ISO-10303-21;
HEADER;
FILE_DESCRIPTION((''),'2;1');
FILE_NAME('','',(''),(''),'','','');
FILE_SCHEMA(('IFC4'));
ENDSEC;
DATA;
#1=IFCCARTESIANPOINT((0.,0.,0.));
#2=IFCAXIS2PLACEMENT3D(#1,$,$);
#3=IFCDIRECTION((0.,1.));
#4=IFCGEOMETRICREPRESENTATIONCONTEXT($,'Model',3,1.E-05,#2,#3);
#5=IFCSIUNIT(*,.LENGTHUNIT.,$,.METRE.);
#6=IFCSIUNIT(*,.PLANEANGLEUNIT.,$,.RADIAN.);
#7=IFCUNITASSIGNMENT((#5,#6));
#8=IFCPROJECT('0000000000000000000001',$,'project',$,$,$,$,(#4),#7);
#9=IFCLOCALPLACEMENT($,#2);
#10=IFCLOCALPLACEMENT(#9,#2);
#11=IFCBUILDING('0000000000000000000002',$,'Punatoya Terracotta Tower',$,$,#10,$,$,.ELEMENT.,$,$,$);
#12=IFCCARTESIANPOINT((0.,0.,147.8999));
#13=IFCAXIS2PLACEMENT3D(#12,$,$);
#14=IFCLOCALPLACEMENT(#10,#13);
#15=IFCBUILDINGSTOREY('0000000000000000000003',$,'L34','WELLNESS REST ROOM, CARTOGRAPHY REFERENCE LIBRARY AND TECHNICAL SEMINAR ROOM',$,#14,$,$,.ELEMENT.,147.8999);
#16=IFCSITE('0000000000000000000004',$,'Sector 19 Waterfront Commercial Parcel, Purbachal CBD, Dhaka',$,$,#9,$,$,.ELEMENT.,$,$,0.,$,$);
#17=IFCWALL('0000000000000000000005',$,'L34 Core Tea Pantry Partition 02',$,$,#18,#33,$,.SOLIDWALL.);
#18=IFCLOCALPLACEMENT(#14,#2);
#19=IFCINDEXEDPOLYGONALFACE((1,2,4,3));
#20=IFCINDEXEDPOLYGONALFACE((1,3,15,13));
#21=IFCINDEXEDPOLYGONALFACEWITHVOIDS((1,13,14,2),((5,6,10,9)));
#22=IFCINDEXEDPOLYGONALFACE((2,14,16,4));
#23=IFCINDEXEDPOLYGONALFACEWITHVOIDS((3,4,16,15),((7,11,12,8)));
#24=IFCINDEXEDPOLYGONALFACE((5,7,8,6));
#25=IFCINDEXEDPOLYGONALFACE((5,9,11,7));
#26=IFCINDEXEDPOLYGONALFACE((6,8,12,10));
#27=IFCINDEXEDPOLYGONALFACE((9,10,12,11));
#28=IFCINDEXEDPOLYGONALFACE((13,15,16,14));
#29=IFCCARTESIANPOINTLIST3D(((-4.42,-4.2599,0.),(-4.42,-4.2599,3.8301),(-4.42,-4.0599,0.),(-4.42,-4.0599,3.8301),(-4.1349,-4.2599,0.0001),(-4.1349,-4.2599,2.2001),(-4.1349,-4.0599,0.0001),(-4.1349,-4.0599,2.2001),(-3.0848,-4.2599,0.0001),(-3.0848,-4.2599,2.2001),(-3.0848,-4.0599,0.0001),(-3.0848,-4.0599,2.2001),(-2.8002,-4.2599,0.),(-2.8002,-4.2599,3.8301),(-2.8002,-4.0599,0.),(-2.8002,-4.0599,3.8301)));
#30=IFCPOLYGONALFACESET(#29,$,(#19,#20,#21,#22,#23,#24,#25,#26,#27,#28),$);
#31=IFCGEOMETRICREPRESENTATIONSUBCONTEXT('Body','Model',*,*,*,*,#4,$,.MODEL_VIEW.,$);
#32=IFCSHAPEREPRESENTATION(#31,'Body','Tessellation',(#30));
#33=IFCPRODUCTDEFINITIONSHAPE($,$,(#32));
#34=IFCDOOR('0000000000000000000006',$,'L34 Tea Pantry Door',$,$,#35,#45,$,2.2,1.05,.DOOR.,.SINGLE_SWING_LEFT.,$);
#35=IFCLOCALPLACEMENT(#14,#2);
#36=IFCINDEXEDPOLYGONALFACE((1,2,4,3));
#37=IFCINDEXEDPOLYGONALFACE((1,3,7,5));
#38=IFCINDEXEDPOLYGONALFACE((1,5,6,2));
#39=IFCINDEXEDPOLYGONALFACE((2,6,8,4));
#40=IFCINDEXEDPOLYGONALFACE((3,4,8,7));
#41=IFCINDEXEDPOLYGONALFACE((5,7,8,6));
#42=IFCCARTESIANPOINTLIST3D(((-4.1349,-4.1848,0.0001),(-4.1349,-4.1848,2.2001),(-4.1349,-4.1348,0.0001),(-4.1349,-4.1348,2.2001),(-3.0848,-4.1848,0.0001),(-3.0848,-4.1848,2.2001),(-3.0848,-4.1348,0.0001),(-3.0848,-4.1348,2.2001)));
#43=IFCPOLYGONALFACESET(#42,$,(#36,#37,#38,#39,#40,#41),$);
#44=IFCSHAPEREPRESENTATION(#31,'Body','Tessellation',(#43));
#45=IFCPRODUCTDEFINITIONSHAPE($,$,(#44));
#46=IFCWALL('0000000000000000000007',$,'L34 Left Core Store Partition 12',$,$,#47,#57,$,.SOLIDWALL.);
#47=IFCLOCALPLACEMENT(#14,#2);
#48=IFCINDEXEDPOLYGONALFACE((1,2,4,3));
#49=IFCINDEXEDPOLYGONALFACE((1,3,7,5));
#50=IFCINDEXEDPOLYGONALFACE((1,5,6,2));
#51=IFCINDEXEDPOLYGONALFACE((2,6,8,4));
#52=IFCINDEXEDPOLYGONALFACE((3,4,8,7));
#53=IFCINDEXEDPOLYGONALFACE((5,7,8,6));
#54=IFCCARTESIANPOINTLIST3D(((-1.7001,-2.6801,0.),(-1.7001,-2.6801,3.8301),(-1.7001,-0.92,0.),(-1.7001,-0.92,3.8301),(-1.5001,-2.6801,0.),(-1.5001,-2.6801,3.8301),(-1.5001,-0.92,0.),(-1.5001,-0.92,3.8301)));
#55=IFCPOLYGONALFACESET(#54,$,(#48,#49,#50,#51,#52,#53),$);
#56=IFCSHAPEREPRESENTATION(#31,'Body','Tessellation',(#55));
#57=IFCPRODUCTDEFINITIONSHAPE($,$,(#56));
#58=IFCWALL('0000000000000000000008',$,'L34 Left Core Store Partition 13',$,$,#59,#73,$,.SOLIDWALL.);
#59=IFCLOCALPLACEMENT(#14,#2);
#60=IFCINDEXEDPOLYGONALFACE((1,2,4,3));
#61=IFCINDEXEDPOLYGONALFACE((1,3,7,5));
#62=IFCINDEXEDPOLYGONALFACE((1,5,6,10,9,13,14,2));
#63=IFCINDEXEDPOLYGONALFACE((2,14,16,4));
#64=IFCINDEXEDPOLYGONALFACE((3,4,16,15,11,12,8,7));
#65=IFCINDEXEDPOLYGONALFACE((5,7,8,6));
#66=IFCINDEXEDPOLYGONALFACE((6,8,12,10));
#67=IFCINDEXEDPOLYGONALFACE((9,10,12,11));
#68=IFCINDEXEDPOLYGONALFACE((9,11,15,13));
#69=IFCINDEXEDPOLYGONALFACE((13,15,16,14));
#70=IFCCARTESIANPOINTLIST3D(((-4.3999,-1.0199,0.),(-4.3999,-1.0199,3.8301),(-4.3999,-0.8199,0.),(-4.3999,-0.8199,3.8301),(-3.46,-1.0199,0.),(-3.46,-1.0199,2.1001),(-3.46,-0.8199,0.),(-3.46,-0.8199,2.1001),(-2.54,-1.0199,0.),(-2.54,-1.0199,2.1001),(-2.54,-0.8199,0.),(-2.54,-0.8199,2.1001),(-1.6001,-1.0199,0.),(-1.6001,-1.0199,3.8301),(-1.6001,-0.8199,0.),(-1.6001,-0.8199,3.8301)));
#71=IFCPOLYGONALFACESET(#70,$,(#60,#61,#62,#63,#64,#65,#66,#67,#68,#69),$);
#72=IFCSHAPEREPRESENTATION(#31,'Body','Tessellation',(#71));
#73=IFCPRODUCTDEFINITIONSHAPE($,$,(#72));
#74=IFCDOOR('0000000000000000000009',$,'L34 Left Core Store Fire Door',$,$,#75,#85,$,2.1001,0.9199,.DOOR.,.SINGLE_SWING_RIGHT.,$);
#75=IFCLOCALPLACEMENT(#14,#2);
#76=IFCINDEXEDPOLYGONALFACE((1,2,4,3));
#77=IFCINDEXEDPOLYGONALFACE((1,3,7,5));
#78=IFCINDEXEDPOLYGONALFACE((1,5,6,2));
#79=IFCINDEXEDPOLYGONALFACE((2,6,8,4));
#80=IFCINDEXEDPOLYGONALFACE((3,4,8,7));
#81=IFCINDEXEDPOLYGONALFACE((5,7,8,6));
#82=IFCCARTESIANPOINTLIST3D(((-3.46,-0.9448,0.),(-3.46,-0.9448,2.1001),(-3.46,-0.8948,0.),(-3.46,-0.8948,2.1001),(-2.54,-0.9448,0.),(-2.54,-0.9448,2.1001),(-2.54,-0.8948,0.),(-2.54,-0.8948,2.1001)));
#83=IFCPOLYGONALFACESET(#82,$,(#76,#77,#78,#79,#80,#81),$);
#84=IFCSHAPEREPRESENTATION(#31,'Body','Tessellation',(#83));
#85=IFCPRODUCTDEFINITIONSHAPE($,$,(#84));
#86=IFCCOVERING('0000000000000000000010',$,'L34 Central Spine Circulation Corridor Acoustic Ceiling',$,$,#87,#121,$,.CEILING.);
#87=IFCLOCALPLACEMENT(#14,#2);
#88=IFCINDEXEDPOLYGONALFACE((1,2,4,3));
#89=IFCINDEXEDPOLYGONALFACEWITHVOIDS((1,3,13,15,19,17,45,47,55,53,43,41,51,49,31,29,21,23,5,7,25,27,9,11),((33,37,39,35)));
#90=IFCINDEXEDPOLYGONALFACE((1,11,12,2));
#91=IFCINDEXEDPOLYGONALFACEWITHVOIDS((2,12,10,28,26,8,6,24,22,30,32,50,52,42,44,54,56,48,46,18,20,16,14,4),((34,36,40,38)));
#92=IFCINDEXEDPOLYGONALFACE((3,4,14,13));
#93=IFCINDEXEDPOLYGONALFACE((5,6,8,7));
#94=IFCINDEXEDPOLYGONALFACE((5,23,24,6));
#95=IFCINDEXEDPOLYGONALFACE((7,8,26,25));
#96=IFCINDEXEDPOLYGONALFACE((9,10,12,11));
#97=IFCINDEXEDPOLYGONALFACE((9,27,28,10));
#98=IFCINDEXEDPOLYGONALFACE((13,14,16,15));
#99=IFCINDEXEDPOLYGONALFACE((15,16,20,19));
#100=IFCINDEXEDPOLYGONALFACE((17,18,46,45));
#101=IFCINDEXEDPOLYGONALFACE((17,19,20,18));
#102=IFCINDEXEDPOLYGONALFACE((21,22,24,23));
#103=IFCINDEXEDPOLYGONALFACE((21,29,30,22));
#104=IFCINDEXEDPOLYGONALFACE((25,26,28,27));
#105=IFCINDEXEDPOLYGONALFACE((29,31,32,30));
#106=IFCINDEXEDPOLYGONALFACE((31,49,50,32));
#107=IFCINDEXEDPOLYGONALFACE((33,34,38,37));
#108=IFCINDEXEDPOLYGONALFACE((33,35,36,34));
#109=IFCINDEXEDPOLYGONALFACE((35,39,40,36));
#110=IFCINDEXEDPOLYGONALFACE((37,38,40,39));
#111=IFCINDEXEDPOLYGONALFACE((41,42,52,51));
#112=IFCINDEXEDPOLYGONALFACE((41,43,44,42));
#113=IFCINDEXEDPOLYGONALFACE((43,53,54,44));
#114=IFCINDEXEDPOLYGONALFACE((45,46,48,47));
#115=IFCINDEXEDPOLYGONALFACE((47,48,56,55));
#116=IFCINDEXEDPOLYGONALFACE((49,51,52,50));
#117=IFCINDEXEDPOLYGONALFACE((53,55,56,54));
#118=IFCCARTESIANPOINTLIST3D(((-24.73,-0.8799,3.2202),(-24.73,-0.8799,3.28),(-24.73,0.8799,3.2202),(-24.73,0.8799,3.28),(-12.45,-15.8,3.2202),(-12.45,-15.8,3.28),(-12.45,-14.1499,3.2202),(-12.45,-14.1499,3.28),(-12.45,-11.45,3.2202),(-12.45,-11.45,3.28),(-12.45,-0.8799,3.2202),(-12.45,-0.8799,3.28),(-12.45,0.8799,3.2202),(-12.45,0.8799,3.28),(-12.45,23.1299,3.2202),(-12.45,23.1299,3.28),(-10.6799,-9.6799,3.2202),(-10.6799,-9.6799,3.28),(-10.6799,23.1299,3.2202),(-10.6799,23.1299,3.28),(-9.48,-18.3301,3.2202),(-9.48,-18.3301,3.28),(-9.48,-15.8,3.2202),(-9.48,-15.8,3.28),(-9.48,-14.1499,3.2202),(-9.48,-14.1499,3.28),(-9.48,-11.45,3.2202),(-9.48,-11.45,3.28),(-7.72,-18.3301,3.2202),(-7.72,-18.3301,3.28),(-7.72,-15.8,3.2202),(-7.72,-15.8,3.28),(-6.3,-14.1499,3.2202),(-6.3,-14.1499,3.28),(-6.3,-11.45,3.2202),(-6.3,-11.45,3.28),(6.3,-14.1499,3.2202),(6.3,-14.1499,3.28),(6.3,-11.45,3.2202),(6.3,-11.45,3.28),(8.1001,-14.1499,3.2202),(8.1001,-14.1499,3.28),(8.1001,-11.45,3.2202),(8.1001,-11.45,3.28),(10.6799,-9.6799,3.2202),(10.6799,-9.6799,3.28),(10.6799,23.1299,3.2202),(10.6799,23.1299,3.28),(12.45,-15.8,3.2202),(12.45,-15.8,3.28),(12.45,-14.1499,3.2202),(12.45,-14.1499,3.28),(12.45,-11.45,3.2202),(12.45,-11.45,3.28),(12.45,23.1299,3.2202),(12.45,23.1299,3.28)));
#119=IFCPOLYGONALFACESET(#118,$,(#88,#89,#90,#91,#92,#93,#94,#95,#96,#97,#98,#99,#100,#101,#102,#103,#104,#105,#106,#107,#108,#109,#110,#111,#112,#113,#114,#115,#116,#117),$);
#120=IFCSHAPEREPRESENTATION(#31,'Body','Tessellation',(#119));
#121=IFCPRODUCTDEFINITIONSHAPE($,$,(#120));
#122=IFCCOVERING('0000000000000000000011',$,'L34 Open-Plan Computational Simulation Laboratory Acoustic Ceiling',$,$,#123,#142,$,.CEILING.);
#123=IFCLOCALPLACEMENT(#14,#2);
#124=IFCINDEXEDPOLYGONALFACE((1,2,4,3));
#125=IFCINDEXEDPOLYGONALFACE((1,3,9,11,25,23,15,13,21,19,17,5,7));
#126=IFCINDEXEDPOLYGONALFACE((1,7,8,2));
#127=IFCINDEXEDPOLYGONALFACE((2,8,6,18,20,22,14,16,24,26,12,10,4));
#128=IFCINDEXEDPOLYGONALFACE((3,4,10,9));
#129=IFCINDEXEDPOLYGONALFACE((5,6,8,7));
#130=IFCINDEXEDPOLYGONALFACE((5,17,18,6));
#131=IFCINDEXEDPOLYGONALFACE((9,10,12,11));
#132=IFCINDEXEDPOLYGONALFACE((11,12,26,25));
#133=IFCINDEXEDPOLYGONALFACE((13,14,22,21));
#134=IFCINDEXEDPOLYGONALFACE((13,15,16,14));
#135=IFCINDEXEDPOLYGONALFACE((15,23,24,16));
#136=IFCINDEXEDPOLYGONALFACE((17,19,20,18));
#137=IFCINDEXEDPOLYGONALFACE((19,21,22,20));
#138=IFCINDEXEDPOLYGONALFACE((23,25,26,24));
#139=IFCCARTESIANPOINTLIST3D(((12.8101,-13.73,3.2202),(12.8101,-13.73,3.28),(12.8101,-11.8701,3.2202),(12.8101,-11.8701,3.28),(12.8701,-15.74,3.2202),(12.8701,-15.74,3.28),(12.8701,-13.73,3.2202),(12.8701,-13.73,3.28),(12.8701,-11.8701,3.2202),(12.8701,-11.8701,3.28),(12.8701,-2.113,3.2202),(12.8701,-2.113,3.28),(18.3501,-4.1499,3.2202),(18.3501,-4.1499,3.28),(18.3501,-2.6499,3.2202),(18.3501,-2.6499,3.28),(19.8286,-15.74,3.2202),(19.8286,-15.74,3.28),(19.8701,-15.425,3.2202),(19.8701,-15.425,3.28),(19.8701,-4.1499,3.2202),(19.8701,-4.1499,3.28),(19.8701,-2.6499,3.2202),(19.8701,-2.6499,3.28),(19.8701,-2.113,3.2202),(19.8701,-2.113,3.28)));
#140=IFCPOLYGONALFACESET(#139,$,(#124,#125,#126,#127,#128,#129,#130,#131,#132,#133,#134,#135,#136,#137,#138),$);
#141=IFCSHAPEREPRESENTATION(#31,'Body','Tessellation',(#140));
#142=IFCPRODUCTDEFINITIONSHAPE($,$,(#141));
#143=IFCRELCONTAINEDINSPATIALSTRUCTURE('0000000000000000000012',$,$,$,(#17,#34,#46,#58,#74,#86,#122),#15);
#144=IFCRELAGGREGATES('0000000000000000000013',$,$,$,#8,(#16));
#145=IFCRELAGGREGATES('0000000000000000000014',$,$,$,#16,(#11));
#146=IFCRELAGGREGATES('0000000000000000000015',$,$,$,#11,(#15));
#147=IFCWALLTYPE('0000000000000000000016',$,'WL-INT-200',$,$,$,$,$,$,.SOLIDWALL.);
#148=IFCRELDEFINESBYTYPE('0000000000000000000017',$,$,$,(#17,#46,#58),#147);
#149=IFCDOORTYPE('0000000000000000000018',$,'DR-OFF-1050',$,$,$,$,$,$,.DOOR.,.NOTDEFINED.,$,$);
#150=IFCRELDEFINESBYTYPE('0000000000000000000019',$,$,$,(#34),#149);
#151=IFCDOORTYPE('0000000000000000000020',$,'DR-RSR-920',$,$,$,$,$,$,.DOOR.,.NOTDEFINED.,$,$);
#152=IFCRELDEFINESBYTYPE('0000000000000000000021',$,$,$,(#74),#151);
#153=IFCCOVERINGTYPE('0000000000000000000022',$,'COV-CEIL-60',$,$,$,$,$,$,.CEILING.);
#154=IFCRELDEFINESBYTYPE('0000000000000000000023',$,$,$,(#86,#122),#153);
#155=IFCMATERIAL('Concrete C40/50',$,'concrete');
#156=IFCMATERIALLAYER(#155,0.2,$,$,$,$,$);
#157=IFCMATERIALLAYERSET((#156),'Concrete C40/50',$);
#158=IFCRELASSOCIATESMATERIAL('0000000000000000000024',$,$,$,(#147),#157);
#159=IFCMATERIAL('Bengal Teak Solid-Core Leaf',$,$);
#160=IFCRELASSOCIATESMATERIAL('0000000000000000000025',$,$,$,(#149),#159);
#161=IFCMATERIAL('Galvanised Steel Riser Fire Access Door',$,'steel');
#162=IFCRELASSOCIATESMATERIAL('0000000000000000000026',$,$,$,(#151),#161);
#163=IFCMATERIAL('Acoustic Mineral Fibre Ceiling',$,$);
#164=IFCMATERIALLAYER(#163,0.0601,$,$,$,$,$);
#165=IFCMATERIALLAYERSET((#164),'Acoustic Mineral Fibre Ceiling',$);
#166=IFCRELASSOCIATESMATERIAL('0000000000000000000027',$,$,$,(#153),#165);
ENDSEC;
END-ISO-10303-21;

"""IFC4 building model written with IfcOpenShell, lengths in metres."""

from ifc_helpers import new_model, si_unit, direction, frame, frame_2d, origin, place, context, subcontext, project, spatial, polyline, rectangle, outline, extrude, material, layer, layer_set, type_object, element, fill, save


model = new_model("IFC4")

# Units and contexts
model_context = context("Model", 3, precision=1e-05, world=origin(), true_north=direction((0.0, 1.0)))
body_context = subcontext(model_context, "Body", "Model", "MODEL_VIEW")
ifc_project = project(units=[si_unit("LENGTHUNIT", "METRE"), si_unit("PLANEANGLEUNIT", "RADIAN")], contexts=[model_context])

# Site, building, storey
site_placement = place(None, origin())
site = spatial("IfcSite", under=ifc_project, at=site_placement, Name="Sector 19 Waterfront Commercial Parcel, Purbachal CBD, Dhaka", CompositionType="ELEMENT", RefElevation=0.0)
building_placement = place(site_placement, origin())
building = spatial("IfcBuilding", under=site, at=building_placement, Name="Punatoya Terracotta Tower", CompositionType="ELEMENT")
storey_placement = place(building_placement, frame((0.0, 0.0, 147.8999)))
storey = spatial("IfcBuildingStorey", under=building, at=storey_placement, Name="L34", Description="WELLNESS REST ROOM, CARTOGRAPHY REFERENCE LIBRARY AND TECHNICAL SEMINAR ROOM", CompositionType="ELEMENT", Elevation=147.8999)

# Shared definitions
ifc_material_1 = material(Name="Concrete C40/50", Category="concrete")

# Wall, opening, door
ifc_layer_1 = layer(ifc_material_1, 0.2)
ifc_layer_set_1 = layer_set([ifc_layer_1], Name="Concrete C40/50")
wall_type_1 = type_object("IfcWallType", Name="WL-INT-200", PredefinedType="SOLIDWALL", material=ifc_layer_set_1)
wall_1_placement = place(storey_placement, frame((-2.8, -4.1599, 0.0), z_axis=(0.0, 0.0, 1.0), x_axis=(-1.0, 0.0, 0.0)))
wall_1 = element("IfcWall", 1, at=wall_1_placement, inside=storey, type_object=wall_type_1, Name="L34 Core Tea Pantry Partition 02", PredefinedType="SOLIDWALL", context=body_context, shape_type="SweptSolid", body=[
    extrude(rectangle(XDim=1.6199, YDim=0.2, at=frame_2d((0.8101, 0.0))), origin(), (0.0, 0.0, 1.0), 3.8301),
])
opening_1_placement = place(wall_1_placement, frame((0.2849, 0.0, 0.0)))
opening_1 = element("IfcOpeningElement", 2, at=opening_1_placement, cuts=wall_1, PredefinedType="OPENING", context=body_context, shape_type="SweptSolid", body=[
    extrude(rectangle(XDim=1.05, YDim=2.2, at=frame_2d((0.5249, 1.1001))), frame((0.0, 0.1099, 0.0), z_axis=(0.0, -1.0, 0.0), x_axis=(1.0, 0.0, 0.0)), (0.0, 0.0, 1.0), 0.22),
])
ifc_material_2 = material(Name="Bengal Teak Solid-Core Leaf")
door_type_1 = type_object("IfcDoorType", Name="DR-OFF-1050", OperationType="NOTDEFINED", PredefinedType="DOOR", material=ifc_material_2)
door_1_placement = place(opening_1_placement, origin())
door_1 = element("IfcDoor", 3, at=door_1_placement, inside=storey, type_object=door_type_1, Name="L34 Tea Pantry Door", OperationType="SINGLE_SWING_LEFT", OverallHeight=2.2, OverallWidth=1.05, PredefinedType="DOOR", context=body_context, shape_type="SweptSolid", body=[
    extrude(rectangle(XDim=1.05, YDim=2.2, at=frame_2d((0.5249, 1.1001))), frame((0.0, 0.0249, 0.0), z_axis=(0.0, -1.0, 0.0), x_axis=(1.0, 0.0, 0.0)), (0.0, 0.0, 1.0), 0.05),
])
fill(opening_1, door_1)

# Wall
wall_2_placement = place(storey_placement, frame((-1.6001, -2.6799, 0.0), z_axis=(0.0, 0.0, 1.0), x_axis=(0.0, 1.0, 0.0)))
element("IfcWall", 4, at=wall_2_placement, inside=storey, type_object=wall_type_1, Name="L34 Left Core Store Partition 12", PredefinedType="SOLIDWALL", context=body_context, shape_type="SweptSolid", body=[
    extrude(rectangle(XDim=1.76, YDim=0.2, at=frame_2d((0.8799, 0.0))), origin(), (0.0, 0.0, 1.0), 3.8301),
])

# Wall, opening, door
wall_3_placement = place(storey_placement, frame((-1.6001, -0.9199, 0.0), z_axis=(0.0, 0.0, 1.0), x_axis=(-1.0, 0.0, 0.0)))
wall_3 = element("IfcWall", 5, at=wall_3_placement, inside=storey, type_object=wall_type_1, Name="L34 Left Core Store Partition 13", PredefinedType="SOLIDWALL", context=body_context, shape_type="SweptSolid", body=[
    extrude(rectangle(XDim=2.7998, YDim=0.2, at=frame_2d((1.3999, 0.0))), origin(), (0.0, 0.0, 1.0), 3.8301),
])
opening_2_placement = place(wall_3_placement, frame((0.9399, 0.0, 0.0)))
opening_2 = element("IfcOpeningElement", 6, at=opening_2_placement, cuts=wall_3, PredefinedType="OPENING", context=body_context, shape_type="SweptSolid", body=[
    extrude(rectangle(XDim=0.9199, YDim=2.1001, at=frame_2d((0.46, 1.05))), frame((0.0, 0.1099, 0.0), z_axis=(0.0, -1.0, 0.0), x_axis=(1.0, 0.0, 0.0)), (0.0, 0.0, 1.0), 0.22),
])
ifc_material_3 = material(Name="Galvanised Steel Riser Fire Access Door", Category="steel")
door_type_2 = type_object("IfcDoorType", Name="DR-RSR-920", OperationType="NOTDEFINED", PredefinedType="DOOR", material=ifc_material_3)
door_2_placement = place(opening_2_placement, origin())
door_2 = element("IfcDoor", 7, at=door_2_placement, inside=storey, type_object=door_type_2, Name="L34 Left Core Store Fire Door", OperationType="SINGLE_SWING_RIGHT", OverallHeight=2.1001, OverallWidth=0.9199, PredefinedType="DOOR", context=body_context, shape_type="SweptSolid", body=[
    extrude(rectangle(XDim=0.9199, YDim=2.1001, at=frame_2d((0.46, 1.05))), frame((0.0, 0.0249, 0.0), z_axis=(0.0, -1.0, 0.0), x_axis=(1.0, 0.0, 0.0)), (0.0, 0.0, 1.0), 0.05),
])
fill(opening_2, door_2)

# Coverings
ifc_material_4 = material(Name="Acoustic Mineral Fibre Ceiling")
ifc_layer_2 = layer(ifc_material_4, 0.0601)
ifc_layer_set_2 = layer_set([ifc_layer_2], Name="Acoustic Mineral Fibre Ceiling")
covering_type = type_object("IfcCoveringType", Name="COV-CEIL-60", PredefinedType="CEILING", material=ifc_layer_set_2)
covering_1_placement = place(storey_placement, frame((0.0, 0.0, 3.2202)))
element("IfcCovering", 8, at=covering_1_placement, inside=storey, type_object=covering_type, Name="L34 Central Spine Circulation Corridor Acoustic Ceiling", PredefinedType="CEILING", context=body_context, shape_type="SweptSolid", body=[
    extrude(outline(polyline([(-7.72, -15.8), (12.45, -15.8), (12.45, -14.1499), (8.1001, -14.1499), (8.1001, -11.45), (12.45, -11.45), (12.45, 23.1299), (10.6799, 23.1299), (10.6799, -9.6799), (-10.6799, -9.6799), (-10.6799, 23.1299), (-12.45, 23.1299), (-12.45, 0.8799), (-24.73, 0.8799), (-24.73, -0.8799), (-12.45, -0.8799), (-12.45, -11.45), (-9.48, -11.45), (-9.48, -14.1499), (-12.45, -14.1499), (-12.45, -15.8), (-9.48, -15.8), (-9.48, -18.3301), (-7.72, -18.3301), (-7.72, -15.8)]), holes=[polyline([(6.3, -14.1499), (-6.3, -14.1499), (-6.3, -11.45), (6.3, -11.45), (6.3, -14.1499)])]), origin(), (0.0, 0.0, 1.0), 0.0598),
])
covering_2_placement = place(storey_placement, frame((0.0, 0.0, 3.2202)))
element("IfcCovering", 9, at=covering_2_placement, inside=storey, type_object=covering_type, Name="L34 Open-Plan Computational Simulation Laboratory Acoustic Ceiling", PredefinedType="CEILING", context=body_context, shape_type="SweptSolid", body=[
    extrude(outline(polyline([(12.8101, -13.73), (12.8701, -13.73), (12.8701, -15.74), (19.8286, -15.74), (19.8701, -15.425), (19.8701, -4.1499), (18.3501, -4.1499), (18.3501, -2.6499), (19.8701, -2.6499), (19.8701, -2.113), (12.8701, -2.113), (12.8701, -11.8701), (12.8101, -11.8701), (12.8101, -13.73)])), origin(), (0.0, 0.0, 1.0), 0.0598),
])

save(model, "model.ifc")
